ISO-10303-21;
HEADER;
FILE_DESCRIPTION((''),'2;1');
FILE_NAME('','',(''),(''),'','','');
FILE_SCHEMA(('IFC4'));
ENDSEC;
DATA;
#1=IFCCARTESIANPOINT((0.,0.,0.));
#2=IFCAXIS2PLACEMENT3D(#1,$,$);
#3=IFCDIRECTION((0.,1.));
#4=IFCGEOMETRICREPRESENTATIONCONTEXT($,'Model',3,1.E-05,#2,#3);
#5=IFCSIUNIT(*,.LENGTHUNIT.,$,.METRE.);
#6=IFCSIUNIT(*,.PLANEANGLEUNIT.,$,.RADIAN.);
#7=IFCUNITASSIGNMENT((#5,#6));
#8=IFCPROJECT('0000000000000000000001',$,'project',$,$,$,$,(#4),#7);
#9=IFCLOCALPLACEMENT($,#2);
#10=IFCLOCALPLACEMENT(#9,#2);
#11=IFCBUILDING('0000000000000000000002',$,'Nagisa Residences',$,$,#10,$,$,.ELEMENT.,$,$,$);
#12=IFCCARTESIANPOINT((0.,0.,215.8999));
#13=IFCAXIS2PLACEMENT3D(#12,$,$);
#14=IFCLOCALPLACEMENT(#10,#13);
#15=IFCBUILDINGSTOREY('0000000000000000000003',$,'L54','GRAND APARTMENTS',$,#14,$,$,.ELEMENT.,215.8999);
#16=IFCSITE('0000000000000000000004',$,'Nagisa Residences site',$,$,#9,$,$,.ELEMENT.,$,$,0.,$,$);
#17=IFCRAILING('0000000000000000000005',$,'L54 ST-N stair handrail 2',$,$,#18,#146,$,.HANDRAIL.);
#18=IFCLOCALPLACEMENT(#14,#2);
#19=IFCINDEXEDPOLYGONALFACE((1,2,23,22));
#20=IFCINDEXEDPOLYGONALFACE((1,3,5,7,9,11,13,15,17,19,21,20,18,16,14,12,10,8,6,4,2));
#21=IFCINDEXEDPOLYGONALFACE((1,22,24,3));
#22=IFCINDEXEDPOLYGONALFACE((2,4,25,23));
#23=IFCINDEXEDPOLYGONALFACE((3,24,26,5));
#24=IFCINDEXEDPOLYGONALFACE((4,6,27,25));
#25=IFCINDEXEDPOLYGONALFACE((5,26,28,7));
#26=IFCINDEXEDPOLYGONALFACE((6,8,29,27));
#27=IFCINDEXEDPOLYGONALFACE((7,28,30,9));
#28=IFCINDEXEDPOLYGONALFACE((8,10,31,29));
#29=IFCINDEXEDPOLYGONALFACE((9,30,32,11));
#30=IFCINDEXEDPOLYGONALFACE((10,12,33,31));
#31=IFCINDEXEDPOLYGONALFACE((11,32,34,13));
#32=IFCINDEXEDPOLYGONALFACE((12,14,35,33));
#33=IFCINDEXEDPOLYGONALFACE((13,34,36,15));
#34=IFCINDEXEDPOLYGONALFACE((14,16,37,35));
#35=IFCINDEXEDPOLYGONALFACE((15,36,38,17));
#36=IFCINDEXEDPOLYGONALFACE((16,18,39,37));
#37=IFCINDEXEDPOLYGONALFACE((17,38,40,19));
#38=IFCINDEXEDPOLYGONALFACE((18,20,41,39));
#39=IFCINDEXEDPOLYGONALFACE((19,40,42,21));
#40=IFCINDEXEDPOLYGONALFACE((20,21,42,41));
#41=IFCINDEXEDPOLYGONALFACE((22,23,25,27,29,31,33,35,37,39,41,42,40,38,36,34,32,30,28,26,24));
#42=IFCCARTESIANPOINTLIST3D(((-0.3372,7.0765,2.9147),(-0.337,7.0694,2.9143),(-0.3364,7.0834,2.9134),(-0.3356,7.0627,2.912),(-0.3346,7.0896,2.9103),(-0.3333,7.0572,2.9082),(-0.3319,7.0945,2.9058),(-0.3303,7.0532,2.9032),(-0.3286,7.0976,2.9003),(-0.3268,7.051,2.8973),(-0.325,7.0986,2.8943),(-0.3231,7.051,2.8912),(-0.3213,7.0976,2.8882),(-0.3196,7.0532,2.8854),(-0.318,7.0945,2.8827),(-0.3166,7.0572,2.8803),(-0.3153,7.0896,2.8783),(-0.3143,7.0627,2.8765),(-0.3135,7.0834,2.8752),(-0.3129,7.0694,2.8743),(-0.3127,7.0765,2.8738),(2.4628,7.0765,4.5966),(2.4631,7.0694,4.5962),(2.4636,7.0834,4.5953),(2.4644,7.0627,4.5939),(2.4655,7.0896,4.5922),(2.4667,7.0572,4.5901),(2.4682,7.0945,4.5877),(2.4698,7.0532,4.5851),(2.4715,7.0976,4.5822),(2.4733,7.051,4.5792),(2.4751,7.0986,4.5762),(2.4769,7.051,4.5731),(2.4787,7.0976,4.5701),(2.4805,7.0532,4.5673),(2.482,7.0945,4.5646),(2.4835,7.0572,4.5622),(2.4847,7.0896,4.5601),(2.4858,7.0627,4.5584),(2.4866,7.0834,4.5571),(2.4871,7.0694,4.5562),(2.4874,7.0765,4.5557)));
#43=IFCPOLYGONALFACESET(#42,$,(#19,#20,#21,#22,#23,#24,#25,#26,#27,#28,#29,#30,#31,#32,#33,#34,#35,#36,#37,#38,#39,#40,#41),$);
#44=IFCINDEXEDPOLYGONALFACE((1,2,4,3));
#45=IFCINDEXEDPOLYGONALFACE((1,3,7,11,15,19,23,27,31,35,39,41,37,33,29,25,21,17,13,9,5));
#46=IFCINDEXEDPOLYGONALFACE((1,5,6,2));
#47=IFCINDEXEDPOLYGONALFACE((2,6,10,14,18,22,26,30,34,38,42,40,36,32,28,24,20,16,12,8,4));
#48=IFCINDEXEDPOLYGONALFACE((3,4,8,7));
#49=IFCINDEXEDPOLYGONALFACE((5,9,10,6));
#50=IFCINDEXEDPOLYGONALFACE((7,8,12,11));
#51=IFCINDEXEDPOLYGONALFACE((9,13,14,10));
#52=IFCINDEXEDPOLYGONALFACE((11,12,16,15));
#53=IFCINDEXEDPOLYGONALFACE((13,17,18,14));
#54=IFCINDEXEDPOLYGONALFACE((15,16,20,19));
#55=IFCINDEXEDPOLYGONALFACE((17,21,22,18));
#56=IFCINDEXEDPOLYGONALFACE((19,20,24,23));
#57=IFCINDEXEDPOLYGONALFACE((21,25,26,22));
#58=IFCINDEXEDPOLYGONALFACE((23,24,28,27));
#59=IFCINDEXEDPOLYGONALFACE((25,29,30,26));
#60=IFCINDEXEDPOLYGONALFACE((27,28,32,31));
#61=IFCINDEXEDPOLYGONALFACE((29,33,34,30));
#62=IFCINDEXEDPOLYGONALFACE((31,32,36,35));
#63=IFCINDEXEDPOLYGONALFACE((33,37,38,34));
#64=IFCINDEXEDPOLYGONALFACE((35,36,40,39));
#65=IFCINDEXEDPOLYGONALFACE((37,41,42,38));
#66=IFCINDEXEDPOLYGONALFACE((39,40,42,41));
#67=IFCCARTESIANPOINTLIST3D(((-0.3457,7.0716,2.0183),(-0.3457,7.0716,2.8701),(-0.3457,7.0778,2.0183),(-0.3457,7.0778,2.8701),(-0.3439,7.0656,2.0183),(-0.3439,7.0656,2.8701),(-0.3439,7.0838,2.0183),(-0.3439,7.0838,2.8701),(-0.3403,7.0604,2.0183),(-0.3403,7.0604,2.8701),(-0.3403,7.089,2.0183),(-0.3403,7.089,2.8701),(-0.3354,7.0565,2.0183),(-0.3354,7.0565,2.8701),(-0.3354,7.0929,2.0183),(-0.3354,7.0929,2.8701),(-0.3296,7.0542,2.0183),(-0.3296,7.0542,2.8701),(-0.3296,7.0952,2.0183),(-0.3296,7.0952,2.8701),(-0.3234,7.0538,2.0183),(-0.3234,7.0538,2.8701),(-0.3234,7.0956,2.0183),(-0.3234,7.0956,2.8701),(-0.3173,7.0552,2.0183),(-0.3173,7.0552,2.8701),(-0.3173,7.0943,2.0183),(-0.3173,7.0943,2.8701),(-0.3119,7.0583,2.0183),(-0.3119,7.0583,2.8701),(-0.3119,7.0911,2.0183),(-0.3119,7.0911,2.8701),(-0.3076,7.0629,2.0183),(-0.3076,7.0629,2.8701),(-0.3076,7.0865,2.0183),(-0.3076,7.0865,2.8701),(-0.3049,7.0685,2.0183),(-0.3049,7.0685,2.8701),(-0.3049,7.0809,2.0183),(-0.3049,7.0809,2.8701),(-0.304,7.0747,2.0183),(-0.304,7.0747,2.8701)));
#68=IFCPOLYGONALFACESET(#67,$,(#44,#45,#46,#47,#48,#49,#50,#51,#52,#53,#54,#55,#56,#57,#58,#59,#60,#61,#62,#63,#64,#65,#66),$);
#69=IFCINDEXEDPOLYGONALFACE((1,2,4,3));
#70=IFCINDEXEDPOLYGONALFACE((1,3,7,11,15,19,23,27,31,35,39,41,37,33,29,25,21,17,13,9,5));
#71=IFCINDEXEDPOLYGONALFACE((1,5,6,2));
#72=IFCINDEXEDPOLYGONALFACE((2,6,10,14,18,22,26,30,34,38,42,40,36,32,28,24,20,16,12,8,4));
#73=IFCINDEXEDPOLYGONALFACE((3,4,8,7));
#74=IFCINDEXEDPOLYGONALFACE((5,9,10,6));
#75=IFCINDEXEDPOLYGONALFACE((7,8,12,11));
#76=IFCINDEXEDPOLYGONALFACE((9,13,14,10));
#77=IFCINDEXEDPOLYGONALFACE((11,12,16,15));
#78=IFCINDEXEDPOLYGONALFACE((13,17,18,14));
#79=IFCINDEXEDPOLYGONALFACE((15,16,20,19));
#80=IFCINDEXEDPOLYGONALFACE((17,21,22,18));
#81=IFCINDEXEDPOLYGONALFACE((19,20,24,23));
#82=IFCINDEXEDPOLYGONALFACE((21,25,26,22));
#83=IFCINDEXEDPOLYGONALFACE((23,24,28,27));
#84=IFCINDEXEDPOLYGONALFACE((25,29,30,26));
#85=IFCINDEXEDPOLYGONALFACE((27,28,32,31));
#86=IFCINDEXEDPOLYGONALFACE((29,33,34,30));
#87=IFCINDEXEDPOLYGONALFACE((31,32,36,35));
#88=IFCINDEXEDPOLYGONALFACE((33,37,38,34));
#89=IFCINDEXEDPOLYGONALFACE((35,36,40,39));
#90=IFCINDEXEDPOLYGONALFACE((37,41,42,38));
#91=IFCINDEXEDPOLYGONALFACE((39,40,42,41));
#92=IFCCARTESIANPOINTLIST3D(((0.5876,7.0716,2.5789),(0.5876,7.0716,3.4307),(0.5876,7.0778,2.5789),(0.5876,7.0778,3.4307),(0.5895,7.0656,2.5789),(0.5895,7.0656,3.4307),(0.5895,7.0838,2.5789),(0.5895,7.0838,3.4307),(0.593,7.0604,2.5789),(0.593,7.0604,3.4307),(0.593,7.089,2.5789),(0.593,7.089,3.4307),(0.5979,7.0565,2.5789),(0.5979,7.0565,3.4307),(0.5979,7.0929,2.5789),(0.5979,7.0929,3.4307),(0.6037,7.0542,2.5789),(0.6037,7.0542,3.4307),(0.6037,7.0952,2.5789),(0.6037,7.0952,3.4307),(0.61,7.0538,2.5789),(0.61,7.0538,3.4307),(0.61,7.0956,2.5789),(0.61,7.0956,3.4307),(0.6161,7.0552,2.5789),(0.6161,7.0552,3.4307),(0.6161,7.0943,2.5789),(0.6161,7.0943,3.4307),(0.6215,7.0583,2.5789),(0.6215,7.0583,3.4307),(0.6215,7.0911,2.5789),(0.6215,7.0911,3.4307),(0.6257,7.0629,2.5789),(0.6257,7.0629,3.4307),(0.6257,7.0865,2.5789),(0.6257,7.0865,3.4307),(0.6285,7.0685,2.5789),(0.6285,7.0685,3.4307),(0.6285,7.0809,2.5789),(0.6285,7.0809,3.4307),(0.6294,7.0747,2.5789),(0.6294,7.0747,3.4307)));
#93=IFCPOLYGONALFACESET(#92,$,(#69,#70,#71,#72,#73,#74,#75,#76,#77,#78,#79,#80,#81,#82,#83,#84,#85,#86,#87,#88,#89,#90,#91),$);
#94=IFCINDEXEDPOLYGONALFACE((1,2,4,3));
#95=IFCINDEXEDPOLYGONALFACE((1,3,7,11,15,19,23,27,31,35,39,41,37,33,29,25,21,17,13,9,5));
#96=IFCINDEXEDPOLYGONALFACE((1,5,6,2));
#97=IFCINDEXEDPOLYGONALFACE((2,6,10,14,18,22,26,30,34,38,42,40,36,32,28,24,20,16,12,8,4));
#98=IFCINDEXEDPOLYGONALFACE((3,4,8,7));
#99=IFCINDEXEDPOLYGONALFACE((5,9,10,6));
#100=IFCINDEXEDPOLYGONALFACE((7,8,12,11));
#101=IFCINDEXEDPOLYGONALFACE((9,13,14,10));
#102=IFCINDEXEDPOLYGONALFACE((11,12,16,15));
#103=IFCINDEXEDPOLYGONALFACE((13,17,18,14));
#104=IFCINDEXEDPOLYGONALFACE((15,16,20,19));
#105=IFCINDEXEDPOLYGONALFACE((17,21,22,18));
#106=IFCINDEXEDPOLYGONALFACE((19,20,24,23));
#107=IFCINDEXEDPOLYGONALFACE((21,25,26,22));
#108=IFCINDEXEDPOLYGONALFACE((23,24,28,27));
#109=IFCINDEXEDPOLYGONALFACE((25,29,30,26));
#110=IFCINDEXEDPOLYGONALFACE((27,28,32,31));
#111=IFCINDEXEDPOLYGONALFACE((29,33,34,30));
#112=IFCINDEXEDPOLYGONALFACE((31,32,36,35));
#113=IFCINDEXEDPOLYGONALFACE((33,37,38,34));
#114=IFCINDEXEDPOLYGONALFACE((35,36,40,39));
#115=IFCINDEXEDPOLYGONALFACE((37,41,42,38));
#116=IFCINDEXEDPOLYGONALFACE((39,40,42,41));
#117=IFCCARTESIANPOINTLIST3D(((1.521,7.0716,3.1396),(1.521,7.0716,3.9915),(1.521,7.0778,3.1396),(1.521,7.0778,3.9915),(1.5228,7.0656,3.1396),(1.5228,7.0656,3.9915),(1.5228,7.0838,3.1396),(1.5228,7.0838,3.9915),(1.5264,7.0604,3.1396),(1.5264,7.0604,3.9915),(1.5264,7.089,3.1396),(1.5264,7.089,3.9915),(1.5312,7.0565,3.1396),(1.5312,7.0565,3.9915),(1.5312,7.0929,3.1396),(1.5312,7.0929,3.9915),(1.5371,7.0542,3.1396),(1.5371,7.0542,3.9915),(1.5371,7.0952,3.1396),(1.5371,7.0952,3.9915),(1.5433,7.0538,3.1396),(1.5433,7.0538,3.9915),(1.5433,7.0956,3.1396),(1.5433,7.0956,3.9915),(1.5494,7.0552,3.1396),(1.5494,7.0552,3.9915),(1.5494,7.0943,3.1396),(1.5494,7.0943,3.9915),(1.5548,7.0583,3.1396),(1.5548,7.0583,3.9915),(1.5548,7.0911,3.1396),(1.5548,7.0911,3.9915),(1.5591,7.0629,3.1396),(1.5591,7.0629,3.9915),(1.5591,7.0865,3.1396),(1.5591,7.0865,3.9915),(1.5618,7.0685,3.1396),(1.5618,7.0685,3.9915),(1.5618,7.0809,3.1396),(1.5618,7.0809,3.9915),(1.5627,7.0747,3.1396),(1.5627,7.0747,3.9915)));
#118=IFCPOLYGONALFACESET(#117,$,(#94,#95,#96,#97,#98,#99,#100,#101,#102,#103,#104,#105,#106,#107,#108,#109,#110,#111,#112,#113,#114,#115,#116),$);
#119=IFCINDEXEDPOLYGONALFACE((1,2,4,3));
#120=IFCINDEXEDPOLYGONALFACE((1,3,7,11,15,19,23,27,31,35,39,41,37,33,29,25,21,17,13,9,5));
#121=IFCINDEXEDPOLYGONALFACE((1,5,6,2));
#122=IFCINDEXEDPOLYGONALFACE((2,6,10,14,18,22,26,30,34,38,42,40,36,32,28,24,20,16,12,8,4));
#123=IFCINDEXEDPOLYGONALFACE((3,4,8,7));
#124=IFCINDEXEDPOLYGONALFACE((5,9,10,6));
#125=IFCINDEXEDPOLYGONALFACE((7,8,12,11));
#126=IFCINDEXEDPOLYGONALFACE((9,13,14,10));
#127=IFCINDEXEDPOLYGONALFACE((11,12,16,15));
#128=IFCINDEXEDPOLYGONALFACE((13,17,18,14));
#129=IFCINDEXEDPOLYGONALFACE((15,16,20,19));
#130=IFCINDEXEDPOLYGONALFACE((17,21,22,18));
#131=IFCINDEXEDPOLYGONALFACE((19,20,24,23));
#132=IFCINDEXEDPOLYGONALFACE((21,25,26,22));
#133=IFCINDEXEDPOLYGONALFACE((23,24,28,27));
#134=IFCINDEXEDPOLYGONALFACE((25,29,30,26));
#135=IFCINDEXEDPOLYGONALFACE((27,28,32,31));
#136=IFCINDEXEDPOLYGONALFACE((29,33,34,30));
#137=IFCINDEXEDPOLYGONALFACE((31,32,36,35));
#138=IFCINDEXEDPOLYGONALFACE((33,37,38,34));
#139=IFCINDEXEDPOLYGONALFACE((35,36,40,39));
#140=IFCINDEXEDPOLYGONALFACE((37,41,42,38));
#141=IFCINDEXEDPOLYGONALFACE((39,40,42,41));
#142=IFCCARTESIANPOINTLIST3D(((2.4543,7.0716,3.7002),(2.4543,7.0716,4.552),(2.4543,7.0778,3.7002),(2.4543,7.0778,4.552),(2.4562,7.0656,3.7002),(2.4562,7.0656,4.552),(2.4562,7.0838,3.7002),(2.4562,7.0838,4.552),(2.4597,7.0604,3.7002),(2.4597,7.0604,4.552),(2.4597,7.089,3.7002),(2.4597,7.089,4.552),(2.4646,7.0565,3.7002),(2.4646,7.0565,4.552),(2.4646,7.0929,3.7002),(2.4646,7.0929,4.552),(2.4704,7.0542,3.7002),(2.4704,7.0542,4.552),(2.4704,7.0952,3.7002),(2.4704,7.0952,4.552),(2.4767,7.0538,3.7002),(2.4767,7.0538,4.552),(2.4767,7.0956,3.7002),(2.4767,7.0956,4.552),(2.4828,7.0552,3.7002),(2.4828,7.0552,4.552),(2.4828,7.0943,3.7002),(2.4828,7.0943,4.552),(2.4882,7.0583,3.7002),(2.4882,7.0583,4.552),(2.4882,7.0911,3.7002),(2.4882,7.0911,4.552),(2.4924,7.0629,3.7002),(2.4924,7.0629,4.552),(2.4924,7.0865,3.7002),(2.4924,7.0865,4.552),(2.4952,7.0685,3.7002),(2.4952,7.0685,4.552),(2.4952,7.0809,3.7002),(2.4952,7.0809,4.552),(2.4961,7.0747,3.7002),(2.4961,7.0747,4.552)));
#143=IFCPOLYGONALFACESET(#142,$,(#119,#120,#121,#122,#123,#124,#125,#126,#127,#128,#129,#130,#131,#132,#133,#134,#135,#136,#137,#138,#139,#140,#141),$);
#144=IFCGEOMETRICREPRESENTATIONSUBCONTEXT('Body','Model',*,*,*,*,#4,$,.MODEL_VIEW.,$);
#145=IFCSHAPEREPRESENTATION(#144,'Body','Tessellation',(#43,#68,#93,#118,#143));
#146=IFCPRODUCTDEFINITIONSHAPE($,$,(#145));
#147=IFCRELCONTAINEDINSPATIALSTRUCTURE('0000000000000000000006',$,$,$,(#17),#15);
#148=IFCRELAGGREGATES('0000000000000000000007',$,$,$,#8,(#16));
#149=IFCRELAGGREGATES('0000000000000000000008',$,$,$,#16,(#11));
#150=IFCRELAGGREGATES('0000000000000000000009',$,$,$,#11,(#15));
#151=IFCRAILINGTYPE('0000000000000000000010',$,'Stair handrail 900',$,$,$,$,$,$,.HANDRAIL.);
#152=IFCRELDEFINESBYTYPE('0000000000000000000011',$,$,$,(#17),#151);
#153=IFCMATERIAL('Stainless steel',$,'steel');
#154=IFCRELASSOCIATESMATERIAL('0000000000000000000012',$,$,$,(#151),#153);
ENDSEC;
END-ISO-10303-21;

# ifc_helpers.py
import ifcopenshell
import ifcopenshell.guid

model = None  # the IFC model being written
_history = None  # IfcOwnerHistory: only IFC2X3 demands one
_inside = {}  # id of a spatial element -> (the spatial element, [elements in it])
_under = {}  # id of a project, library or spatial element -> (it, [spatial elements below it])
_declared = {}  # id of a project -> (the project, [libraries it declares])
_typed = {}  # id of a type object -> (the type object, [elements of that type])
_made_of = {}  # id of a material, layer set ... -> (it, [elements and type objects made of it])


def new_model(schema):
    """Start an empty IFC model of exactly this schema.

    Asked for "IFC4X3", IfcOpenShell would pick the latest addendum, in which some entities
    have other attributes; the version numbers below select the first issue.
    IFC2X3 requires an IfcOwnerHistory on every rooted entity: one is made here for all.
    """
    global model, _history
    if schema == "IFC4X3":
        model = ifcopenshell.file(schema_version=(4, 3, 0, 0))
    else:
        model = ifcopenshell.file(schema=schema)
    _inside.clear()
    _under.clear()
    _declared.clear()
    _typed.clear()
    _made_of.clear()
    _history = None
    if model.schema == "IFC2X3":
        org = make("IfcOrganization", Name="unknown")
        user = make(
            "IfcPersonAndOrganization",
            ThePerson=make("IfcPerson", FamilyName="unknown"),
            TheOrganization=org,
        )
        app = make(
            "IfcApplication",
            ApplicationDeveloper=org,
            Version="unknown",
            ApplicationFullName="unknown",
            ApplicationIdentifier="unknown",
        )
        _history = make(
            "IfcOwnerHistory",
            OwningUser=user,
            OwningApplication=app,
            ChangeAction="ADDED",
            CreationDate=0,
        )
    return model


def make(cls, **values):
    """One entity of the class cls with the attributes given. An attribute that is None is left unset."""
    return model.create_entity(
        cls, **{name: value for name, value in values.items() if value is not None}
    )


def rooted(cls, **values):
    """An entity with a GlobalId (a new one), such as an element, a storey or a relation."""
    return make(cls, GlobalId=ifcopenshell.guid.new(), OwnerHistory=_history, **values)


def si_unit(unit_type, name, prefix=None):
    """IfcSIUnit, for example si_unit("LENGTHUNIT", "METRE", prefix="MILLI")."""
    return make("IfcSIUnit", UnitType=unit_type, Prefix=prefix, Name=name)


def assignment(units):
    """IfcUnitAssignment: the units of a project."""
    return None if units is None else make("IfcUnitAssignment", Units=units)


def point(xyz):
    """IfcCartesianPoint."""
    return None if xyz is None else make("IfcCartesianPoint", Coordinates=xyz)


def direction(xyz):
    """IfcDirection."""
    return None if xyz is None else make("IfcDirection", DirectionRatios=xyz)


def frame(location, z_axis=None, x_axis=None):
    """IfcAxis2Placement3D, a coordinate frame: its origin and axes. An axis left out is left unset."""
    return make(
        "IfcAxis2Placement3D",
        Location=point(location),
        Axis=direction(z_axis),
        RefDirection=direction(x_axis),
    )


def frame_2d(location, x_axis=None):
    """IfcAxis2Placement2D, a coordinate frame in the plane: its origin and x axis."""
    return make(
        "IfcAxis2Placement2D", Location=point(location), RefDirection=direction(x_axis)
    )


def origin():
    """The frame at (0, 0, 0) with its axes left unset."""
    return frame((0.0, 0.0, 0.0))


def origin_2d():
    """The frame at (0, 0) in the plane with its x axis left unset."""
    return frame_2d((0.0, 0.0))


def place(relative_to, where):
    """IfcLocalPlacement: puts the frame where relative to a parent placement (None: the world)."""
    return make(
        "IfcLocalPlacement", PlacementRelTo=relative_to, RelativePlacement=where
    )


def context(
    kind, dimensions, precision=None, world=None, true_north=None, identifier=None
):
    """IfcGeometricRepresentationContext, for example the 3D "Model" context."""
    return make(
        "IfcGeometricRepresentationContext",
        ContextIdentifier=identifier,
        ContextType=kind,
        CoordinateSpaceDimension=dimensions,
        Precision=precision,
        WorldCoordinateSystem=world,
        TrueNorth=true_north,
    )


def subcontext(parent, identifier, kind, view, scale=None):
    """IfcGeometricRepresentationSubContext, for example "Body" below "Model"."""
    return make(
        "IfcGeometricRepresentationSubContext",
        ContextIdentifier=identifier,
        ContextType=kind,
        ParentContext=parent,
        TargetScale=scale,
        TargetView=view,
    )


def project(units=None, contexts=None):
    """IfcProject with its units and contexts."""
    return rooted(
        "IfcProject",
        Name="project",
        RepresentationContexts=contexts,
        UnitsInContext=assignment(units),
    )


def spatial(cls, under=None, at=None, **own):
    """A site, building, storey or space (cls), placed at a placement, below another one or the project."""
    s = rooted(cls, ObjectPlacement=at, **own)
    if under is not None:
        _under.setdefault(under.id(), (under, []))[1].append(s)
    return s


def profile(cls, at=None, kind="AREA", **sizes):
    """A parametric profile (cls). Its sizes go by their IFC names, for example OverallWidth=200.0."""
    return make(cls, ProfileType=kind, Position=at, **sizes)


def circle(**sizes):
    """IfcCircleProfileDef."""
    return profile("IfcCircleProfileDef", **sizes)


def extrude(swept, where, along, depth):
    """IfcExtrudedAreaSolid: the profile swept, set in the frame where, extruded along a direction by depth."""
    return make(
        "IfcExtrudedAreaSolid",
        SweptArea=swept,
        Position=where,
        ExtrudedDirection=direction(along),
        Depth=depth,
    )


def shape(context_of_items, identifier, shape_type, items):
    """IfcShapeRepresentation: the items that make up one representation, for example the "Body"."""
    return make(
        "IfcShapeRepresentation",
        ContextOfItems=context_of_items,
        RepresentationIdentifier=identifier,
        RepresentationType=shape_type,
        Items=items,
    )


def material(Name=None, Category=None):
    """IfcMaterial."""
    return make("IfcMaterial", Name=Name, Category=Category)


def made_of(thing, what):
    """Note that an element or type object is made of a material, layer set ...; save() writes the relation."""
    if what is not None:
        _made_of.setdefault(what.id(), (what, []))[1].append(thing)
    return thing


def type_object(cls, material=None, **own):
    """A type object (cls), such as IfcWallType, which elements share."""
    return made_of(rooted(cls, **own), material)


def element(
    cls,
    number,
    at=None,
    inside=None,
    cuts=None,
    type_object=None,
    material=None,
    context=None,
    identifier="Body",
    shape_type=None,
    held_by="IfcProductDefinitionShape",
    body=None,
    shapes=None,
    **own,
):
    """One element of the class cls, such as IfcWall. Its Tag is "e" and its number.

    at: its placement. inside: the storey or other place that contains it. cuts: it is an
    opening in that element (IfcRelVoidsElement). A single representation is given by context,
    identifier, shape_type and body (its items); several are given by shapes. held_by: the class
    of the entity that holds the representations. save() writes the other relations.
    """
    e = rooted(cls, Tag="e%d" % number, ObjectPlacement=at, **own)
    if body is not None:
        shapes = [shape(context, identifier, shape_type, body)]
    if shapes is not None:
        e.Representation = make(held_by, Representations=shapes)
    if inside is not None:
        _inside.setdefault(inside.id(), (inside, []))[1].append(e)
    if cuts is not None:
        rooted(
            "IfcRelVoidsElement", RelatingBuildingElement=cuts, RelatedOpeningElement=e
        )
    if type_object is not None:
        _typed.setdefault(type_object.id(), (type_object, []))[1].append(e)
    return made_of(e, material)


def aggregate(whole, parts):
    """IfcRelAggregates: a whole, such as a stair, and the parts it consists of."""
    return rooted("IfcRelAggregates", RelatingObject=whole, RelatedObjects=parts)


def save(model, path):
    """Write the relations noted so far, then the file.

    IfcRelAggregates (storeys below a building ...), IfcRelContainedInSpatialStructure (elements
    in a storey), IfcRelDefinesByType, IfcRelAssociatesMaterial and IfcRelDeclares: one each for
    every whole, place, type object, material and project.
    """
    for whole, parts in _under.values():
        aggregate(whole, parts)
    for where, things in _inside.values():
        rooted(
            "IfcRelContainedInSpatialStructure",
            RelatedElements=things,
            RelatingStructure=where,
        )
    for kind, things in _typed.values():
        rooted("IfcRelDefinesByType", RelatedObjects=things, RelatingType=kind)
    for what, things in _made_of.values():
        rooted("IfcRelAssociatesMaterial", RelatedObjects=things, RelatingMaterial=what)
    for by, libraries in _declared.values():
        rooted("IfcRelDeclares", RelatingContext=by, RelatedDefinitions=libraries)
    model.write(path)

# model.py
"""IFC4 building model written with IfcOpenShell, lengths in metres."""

from ifc_helpers import new_model, si_unit, direction, frame, origin, origin_2d, place, context, subcontext, project, spatial, circle, extrude, material, type_object, element, save


model = new_model("IFC4")

# Units and contexts
model_context = context("Model", 3, precision=1e-05, world=origin(), true_north=direction((0.0, 1.0)))
body_context = subcontext(model_context, "Body", "Model", "MODEL_VIEW")
ifc_project = project(units=[si_unit("LENGTHUNIT", "METRE"), si_unit("PLANEANGLEUNIT", "RADIAN")], contexts=[model_context])

# Site, building, storey
site_placement = place(None, origin())
site = spatial("IfcSite", under=ifc_project, at=site_placement, Name="Nagisa Residences site", CompositionType="ELEMENT", RefElevation=0.0)
building_placement = place(site_placement, origin())
building = spatial("IfcBuilding", under=site, at=building_placement, Name="Nagisa Residences", CompositionType="ELEMENT")
storey_placement = place(building_placement, frame((0.0, 0.0, 215.8999)))
storey = spatial("IfcBuildingStorey", under=building, at=storey_placement, Name="L54", Description="GRAND APARTMENTS", CompositionType="ELEMENT", Elevation=215.8999)

# Railing
ifc_material_1 = material(Name="Stainless steel", Category="steel")
railing_type = type_object("IfcRailingType", Name="Stair handrail 900", PredefinedType="HANDRAIL", material=ifc_material_1)
railing_placement = place(storey_placement, frame((-0.325, 7.0747, 2.0183)))
element("IfcRailing", 1, at=railing_placement, inside=storey, type_object=railing_type, Name="L54 ST-N stair handrail 2", PredefinedType="HANDRAIL", context=body_context, shape_type="SweptSolid", body=[
    extrude(circle(Radius=0.0239, at=origin_2d()), frame((0.0, 0.0, 0.876), z_axis=(0.857242, 0.0, 0.514913), x_axis=(0.0, 1.0, 0.0)), (0.0, 0.0, 1.0), 3.2664),
    extrude(circle(Radius=0.021, at=origin_2d()), origin(), (0.0, 0.0, 1.0), 0.8518),
    extrude(circle(Radius=0.021, at=origin_2d()), frame((0.9333, 0.0, 0.5605)), (0.0, 0.0, 1.0), 0.8518),
    extrude(circle(Radius=0.021, at=origin_2d()), frame((1.8667, 0.0, 1.1213)), (0.0, 0.0, 1.0), 0.8518),
    extrude(circle(Radius=0.021, at=origin_2d()), frame((2.8, 0.0, 1.6819)), (0.0, 0.0, 1.0), 0.8518),
])

save(model, "model.ifc")
